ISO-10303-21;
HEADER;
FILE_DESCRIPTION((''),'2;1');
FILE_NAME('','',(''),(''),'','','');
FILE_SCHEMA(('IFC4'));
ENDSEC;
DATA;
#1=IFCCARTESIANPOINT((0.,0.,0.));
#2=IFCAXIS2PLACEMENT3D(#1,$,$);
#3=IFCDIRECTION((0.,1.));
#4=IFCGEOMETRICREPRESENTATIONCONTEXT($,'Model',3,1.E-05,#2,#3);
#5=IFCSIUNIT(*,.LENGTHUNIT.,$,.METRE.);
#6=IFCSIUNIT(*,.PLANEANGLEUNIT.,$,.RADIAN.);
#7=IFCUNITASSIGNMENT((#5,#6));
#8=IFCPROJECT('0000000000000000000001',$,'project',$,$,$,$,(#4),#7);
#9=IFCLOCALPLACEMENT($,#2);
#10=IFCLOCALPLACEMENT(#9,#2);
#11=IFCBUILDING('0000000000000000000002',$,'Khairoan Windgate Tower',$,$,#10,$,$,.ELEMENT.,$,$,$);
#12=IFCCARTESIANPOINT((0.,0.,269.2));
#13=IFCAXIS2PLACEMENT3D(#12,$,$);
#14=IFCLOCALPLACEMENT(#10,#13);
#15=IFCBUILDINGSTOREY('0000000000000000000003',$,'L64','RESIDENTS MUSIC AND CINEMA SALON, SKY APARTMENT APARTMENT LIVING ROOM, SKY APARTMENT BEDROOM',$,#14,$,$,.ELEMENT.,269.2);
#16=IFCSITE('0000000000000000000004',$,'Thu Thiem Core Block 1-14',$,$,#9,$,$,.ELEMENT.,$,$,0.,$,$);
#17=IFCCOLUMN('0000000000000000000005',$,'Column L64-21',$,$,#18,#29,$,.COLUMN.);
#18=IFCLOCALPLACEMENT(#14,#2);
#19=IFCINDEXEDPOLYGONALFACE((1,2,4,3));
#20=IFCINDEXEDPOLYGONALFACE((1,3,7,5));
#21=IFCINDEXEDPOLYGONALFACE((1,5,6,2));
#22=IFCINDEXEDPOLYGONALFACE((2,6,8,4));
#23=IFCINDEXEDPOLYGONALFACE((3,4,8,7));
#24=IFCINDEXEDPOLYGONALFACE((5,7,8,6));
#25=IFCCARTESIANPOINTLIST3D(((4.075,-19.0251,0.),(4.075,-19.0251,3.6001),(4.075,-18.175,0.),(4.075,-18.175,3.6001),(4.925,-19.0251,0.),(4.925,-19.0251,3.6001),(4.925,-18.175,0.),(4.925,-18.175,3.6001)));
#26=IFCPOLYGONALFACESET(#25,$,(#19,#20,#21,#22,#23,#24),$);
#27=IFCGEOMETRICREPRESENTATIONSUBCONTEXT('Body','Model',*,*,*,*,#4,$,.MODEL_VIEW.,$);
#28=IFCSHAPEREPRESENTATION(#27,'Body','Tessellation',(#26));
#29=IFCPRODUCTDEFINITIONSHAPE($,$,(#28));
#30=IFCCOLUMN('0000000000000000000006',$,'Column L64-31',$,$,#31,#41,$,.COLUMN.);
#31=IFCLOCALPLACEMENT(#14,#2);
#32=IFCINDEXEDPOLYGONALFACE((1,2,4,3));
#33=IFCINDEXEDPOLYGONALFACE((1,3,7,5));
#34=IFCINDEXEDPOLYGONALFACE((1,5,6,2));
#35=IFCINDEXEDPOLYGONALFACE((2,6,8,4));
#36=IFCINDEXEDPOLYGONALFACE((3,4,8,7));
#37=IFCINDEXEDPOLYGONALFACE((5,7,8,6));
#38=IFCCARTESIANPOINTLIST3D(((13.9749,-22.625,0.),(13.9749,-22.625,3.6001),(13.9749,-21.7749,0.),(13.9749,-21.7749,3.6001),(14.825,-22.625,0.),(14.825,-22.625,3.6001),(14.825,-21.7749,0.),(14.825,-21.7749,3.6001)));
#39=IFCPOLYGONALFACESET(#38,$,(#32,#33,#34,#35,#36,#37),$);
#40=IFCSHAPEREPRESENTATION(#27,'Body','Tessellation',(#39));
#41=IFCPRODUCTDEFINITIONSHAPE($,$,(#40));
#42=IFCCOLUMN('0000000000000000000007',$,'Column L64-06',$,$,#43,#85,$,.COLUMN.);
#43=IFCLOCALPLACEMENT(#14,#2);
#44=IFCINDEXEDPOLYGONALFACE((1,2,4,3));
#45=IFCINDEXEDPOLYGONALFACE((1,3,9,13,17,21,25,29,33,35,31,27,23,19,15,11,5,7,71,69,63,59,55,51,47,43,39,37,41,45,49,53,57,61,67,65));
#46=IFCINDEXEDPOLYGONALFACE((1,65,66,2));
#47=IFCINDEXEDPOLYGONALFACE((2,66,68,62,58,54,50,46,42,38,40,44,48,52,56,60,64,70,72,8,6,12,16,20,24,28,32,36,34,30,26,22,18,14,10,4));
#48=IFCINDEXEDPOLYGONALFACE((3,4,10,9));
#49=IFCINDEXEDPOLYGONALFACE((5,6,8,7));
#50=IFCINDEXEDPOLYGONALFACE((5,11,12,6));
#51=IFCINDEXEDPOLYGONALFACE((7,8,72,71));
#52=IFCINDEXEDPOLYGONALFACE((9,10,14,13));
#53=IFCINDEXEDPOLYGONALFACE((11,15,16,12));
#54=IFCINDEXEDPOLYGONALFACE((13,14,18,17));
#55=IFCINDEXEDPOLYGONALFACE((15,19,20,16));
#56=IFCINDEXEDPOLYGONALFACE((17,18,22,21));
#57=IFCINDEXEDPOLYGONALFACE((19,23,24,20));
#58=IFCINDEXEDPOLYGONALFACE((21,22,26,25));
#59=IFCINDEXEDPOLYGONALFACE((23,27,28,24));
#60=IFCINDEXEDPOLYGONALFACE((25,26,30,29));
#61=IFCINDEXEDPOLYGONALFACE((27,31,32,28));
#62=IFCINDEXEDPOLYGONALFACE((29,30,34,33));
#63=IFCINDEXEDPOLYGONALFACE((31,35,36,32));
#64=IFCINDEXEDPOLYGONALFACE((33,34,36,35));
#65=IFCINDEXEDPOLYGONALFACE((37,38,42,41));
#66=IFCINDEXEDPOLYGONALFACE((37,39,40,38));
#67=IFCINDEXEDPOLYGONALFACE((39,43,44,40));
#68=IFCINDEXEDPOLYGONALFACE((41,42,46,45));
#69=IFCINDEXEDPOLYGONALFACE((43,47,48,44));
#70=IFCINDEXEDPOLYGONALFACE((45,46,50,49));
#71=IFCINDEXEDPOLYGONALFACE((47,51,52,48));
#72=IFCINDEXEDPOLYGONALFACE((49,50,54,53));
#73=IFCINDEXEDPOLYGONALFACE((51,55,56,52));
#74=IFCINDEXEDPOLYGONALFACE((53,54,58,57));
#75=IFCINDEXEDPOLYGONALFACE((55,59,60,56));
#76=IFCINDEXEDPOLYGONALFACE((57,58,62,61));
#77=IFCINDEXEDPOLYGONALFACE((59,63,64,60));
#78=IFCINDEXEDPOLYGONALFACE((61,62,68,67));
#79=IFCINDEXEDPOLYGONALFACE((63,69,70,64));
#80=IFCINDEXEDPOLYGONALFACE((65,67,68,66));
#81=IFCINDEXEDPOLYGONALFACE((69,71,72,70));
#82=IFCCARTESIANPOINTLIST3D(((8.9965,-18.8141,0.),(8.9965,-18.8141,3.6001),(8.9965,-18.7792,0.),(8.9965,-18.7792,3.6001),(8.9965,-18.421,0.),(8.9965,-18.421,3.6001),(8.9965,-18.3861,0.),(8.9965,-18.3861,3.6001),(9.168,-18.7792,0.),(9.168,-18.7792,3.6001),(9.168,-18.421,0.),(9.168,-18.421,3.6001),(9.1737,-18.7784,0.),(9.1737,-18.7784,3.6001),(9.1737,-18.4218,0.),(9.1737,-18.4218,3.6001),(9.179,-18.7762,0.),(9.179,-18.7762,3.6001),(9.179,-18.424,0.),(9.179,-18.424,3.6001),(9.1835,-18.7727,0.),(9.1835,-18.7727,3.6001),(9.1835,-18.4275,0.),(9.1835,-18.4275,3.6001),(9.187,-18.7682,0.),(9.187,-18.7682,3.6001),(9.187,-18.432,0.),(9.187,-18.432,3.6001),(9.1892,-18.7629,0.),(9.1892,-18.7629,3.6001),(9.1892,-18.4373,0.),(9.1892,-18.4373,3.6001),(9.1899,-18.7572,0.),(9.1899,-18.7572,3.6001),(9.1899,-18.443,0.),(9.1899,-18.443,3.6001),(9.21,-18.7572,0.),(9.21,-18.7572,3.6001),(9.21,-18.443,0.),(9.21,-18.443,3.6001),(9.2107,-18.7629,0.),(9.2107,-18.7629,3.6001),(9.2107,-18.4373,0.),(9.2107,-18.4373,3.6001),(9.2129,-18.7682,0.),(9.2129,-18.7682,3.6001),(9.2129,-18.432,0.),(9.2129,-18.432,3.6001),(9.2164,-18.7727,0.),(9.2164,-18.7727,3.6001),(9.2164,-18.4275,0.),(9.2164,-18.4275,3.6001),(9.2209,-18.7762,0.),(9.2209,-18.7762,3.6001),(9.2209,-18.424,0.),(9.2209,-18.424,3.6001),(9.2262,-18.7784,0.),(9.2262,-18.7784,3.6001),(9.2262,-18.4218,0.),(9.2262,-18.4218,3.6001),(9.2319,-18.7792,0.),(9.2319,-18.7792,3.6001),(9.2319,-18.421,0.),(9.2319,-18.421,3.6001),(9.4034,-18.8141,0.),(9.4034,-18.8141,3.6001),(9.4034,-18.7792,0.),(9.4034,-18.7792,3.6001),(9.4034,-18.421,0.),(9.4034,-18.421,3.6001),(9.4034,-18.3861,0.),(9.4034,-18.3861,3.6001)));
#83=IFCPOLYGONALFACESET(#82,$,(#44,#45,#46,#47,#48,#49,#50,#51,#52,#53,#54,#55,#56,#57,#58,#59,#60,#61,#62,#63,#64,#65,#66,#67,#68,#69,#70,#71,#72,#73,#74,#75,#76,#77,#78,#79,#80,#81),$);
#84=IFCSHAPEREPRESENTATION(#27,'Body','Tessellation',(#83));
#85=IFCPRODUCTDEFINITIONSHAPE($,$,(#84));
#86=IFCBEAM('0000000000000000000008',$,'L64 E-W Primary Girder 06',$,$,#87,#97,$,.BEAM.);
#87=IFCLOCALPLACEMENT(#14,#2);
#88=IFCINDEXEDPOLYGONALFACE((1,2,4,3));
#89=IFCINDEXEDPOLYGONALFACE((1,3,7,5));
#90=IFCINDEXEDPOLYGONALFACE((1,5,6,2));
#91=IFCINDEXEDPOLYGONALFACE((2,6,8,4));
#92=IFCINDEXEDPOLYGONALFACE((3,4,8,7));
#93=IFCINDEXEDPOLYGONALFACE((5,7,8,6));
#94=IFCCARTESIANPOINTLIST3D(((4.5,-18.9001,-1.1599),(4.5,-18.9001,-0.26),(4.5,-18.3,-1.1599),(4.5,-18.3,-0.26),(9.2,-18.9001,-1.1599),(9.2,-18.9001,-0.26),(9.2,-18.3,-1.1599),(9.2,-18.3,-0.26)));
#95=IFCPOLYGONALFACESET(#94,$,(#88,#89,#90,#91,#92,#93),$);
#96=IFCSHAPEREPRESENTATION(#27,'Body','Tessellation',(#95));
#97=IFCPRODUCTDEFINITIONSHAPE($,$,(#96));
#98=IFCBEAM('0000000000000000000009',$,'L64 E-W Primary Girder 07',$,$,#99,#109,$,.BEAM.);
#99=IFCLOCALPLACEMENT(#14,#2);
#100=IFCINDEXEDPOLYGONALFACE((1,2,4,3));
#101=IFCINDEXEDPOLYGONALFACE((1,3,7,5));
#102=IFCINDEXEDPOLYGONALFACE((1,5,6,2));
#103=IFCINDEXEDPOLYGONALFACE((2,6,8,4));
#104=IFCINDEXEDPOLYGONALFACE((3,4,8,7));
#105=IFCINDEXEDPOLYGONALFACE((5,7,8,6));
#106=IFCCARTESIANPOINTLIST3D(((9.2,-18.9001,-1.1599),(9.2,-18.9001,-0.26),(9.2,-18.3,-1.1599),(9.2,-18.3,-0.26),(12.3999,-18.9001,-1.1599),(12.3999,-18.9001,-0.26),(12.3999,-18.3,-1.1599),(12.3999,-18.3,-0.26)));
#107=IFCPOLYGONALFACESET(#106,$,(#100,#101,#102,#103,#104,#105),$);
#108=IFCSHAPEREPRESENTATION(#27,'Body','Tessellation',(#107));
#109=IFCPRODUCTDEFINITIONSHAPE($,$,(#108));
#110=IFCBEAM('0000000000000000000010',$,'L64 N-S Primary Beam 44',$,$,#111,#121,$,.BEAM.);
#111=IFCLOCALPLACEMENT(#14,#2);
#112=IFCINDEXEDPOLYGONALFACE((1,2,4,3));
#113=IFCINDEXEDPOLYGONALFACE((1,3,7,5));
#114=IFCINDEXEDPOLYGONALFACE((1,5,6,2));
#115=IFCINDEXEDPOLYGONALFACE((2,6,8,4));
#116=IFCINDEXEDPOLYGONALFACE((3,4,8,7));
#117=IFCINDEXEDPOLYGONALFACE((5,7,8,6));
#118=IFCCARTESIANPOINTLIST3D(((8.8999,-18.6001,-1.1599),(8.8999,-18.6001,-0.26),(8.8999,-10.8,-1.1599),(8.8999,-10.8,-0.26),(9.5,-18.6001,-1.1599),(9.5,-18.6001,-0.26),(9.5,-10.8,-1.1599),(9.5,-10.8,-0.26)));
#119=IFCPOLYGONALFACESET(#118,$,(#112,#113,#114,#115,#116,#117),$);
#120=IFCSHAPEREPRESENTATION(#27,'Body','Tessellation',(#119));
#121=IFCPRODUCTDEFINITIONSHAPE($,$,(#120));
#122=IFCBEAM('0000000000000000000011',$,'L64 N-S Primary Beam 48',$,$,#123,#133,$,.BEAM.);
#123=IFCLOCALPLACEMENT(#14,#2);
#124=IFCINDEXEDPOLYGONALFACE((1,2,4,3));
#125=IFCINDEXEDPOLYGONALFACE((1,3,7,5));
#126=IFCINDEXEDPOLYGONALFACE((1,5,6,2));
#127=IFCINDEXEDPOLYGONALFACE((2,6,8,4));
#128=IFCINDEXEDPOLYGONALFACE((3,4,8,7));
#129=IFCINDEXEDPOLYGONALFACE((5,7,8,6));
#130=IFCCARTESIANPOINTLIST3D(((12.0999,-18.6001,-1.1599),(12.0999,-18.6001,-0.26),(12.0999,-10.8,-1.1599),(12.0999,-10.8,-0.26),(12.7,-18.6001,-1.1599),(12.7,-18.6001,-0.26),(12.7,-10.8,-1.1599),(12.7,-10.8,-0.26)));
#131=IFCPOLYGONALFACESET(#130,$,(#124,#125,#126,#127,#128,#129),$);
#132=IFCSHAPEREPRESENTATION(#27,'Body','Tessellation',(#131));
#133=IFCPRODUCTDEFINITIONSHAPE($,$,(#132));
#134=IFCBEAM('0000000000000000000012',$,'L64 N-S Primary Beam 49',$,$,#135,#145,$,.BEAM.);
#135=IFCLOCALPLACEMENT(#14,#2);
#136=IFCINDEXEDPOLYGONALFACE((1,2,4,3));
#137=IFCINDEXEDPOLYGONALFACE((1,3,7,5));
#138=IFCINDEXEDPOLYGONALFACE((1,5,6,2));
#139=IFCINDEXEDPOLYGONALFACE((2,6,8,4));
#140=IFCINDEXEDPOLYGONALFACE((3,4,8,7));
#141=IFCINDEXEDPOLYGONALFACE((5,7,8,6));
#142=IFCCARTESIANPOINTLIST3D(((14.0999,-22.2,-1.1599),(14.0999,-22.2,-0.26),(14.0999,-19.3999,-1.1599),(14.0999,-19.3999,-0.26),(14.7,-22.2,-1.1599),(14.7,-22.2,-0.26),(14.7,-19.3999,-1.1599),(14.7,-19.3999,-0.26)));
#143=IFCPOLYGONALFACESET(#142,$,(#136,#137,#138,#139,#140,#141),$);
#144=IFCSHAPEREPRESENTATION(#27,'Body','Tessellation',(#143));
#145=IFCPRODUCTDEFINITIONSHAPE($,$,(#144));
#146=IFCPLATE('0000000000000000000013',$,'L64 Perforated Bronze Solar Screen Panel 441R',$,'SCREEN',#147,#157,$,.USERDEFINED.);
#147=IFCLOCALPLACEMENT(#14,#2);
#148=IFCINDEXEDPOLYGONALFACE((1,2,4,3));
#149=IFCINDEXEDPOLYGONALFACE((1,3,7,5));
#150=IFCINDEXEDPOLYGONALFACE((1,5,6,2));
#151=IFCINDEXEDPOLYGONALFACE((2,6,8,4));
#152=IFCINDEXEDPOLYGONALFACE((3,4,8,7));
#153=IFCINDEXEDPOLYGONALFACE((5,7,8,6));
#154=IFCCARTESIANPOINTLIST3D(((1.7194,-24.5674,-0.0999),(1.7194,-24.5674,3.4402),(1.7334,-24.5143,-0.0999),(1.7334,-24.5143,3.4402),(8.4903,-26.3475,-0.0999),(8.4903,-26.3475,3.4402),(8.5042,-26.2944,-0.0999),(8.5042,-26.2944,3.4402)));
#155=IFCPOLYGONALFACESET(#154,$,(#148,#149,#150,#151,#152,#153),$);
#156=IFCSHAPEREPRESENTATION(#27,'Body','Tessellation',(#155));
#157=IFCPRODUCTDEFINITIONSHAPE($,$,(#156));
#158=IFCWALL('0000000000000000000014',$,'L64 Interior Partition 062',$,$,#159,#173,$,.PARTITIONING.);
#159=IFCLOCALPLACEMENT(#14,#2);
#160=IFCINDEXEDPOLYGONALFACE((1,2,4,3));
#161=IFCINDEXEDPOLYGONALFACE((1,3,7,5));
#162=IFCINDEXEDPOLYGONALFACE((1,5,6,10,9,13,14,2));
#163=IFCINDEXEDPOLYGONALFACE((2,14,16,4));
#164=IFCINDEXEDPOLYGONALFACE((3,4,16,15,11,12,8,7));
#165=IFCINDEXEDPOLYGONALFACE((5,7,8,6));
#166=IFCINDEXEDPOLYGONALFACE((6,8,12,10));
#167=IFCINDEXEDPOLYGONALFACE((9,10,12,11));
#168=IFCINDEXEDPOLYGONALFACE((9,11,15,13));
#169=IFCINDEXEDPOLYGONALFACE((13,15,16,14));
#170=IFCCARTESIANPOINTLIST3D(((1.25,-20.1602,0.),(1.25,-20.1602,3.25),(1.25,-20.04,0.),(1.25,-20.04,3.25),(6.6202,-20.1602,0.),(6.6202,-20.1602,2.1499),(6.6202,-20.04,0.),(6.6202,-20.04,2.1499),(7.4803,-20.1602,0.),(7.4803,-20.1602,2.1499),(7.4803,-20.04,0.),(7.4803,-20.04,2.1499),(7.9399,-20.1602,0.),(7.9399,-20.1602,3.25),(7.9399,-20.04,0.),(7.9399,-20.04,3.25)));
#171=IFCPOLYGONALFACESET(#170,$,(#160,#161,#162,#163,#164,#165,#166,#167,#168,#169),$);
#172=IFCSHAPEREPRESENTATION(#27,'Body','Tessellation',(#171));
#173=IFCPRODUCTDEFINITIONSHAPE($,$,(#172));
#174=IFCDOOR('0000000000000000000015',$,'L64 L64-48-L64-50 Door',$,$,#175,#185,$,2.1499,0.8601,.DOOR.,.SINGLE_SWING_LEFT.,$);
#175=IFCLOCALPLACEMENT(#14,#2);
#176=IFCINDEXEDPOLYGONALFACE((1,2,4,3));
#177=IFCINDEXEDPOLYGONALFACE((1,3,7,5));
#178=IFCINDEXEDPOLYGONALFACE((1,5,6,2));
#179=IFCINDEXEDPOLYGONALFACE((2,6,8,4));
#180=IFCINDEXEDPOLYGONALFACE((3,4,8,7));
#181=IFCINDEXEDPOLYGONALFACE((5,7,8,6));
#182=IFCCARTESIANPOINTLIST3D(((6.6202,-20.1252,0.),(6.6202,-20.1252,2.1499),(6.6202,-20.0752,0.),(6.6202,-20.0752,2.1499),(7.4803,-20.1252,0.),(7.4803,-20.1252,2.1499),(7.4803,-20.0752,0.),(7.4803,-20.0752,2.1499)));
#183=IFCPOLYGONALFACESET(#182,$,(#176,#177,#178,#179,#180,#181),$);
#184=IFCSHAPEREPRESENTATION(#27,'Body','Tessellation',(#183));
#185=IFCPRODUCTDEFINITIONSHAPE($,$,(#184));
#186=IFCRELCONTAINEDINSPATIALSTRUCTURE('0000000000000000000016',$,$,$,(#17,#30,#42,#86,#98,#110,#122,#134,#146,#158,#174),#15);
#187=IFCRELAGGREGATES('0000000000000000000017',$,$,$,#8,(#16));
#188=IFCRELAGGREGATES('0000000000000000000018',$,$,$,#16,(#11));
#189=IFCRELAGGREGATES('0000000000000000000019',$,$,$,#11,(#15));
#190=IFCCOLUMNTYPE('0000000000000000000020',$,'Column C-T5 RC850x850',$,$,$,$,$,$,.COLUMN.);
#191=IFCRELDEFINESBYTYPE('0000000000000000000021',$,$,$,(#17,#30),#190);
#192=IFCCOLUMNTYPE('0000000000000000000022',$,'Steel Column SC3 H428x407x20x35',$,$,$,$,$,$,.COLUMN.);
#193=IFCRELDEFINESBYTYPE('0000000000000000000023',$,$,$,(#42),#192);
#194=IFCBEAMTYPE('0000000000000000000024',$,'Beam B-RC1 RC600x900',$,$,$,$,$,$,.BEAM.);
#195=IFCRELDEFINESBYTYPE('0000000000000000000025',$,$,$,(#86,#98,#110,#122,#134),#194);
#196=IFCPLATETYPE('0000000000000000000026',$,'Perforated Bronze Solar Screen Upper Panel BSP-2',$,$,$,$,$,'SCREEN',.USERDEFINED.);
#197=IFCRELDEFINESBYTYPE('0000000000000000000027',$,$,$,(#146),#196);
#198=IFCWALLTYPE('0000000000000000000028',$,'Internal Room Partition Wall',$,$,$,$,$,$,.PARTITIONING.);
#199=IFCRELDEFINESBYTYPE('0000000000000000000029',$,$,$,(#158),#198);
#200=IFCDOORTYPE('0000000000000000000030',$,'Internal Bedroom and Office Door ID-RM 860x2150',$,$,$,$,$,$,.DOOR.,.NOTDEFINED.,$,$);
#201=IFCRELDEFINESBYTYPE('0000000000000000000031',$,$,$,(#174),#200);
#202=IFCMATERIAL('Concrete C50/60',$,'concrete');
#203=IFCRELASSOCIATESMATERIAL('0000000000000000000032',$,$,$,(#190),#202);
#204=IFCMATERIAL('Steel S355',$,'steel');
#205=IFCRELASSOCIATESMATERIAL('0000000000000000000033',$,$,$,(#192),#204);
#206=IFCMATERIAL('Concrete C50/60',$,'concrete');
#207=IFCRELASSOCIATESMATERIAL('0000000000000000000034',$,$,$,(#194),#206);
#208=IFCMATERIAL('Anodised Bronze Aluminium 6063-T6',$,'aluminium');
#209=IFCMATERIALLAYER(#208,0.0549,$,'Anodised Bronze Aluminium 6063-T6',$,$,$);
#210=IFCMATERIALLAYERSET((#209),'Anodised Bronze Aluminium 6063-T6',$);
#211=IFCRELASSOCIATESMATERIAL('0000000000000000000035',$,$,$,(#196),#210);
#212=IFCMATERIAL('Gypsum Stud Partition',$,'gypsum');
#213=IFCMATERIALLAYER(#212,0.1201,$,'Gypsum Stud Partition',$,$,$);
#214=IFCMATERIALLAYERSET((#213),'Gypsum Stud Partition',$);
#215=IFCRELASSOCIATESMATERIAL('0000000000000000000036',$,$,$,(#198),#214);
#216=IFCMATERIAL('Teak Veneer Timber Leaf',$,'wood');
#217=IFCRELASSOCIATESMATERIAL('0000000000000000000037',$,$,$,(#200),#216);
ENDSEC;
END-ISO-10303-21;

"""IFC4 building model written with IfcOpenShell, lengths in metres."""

from ifc_helpers import new_model, si_unit, direction, frame, frame_2d, origin, origin_2d, place, context, subcontext, project, spatial, rectangle, i_section, extrude, material, layer, layer_set, material_profile, profile_set, type_object, element, fill, save


model = new_model("IFC4")

# Units and contexts
model_context = context("Model", 3, precision=1e-05, world=origin(), true_north=direction((0.0, 1.0)))
body_context = subcontext(model_context, "Body", "Model", "MODEL_VIEW")
ifc_project = project(units=[si_unit("LENGTHUNIT", "METRE"), si_unit("PLANEANGLEUNIT", "RADIAN")], contexts=[model_context])

# Site, building, storey
site_placement = place(None, origin())
site = spatial("IfcSite", under=ifc_project, at=site_placement, Name="Thu Thiem Core Block 1-14", CompositionType="ELEMENT", RefElevation=0.0)
building_placement = place(site_placement, origin())
building = spatial("IfcBuilding", under=site, at=building_placement, Name="Khairoan Windgate Tower", CompositionType="ELEMENT")
storey_placement = place(building_placement, frame((0.0, 0.0, 269.2)))
storey = spatial("IfcBuildingStorey", under=building, at=storey_placement, Name="L64", Description="RESIDENTS MUSIC AND CINEMA SALON, SKY APARTMENT APARTMENT LIVING ROOM, SKY APARTMENT BEDROOM", CompositionType="ELEMENT", Elevation=269.2)

# Columns
ifc_material_1 = material(Name="Concrete C50/60", Category="concrete")
ifc_material_profile_1 = material_profile(ifc_material_1, rectangle(XDim=0.8501, YDim=0.8501, at=origin_2d()))
ifc_profile_set_1 = profile_set([ifc_material_profile_1], Name="Concrete C50/60")
column_type_1 = type_object("IfcColumnType", Name="Column C-T5 RC850x850", PredefinedType="COLUMN", material=ifc_profile_set_1)
for number, where, z_axis, x_axis, name in (
    (1, (4.5, -18.6001, 0.0), (0.0, 0.0, 1.0), (1.0, 0.0, 0.0), "Column L64-21"),
    (2, (14.3999, -22.2, 0.0), (0.0, 0.0, 1.0), (1.0, 0.0, 0.0), "Column L64-31"),
):
    element("IfcColumn", number, at=place(storey_placement, frame(where, z_axis=z_axis, x_axis=x_axis)), inside=storey, type_object=column_type_1, Name=name, PredefinedType="COLUMN", context=body_context, shape_type="SweptSolid", body=[
        extrude(rectangle(XDim=0.8501, YDim=0.8501, at=origin_2d()), origin(), (0.0, 0.0, 1.0), 3.6001),
    ])
ifc_material_2 = material(Name="Steel S355", Category="steel")
ifc_material_profile_2 = material_profile(ifc_material_2, i_section(OverallWidth=0.407, OverallDepth=0.428, WebThickness=0.02, FlangeThickness=0.0349, FilletRadius=0.022, at=origin_2d()))
ifc_profile_set_2 = profile_set([ifc_material_profile_2], Name="Steel S355")
column_type_2 = type_object("IfcColumnType", Name="Steel Column SC3 H428x407x20x35", PredefinedType="COLUMN", material=ifc_profile_set_2)
column_placement = place(storey_placement, frame((9.2, -18.6001, 0.0), z_axis=(0.0, 0.0, 1.0), x_axis=(1.0, 0.0, 0.0)))
element("IfcColumn", 3, at=column_placement, inside=storey, type_object=column_type_2, Name="Column L64-06", PredefinedType="COLUMN", context=body_context, shape_type="SweptSolid", body=[
    extrude(i_section(OverallWidth=0.407, OverallDepth=0.428, WebThickness=0.02, FlangeThickness=0.0349, FilletRadius=0.022, at=origin_2d()), origin(), (0.0, 0.0, 1.0), 3.6001),
])

# Beams
ifc_material_3 = material(Name="Concrete C50/60", Category="concrete")
ifc_material_profile_3 = material_profile(ifc_material_3, rectangle(XDim=0.6001, YDim=0.8999, at=origin_2d()))
ifc_profile_set_3 = profile_set([ifc_material_profile_3], Name="Concrete C50/60")
beam_type = type_object("IfcBeamType", Name="Beam B-RC1 RC600x900", PredefinedType="BEAM", material=ifc_profile_set_3)
beam_1_placement = place(storey_placement, frame((4.5, -18.6001, -0.71), z_axis=(1.0, 0.0, 0.0), x_axis=(0.0, 1.0, 0.0)))
element("IfcBeam", 4, at=beam_1_placement, inside=storey, type_object=beam_type, Name="L64 E-W Primary Girder 06", PredefinedType="BEAM", context=body_context, shape_type="SweptSolid", body=[
    extrude(rectangle(XDim=0.6001, YDim=0.8999, at=origin_2d()), origin(), (0.0, 0.0, 1.0), 4.7),
])
beam_2_placement = place(storey_placement, frame((9.2, -18.6001, -0.71), z_axis=(1.0, 0.0, 0.0), x_axis=(0.0, 1.0, 0.0)))
element("IfcBeam", 5, at=beam_2_placement, inside=storey, type_object=beam_type, Name="L64 E-W Primary Girder 07", PredefinedType="BEAM", context=body_context, shape_type="SweptSolid", body=[
    extrude(rectangle(XDim=0.6001, YDim=0.8999, at=origin_2d()), origin(), (0.0, 0.0, 1.0), 3.2),
])
for number, where, z_axis, x_axis, name in (
    (6, (9.2, -18.6001, -0.71), (0.0, 1.0, 0.0), (-1.0, 0.0, 0.0), "L64 N-S Primary Beam 44"),
    (7, (12.3999, -18.6001, -0.71), (0.0, 1.0, 0.0), (-1.0, 0.0, 0.0), "L64 N-S Primary Beam 48"),
):
    element("IfcBeam", number, at=place(storey_placement, frame(where, z_axis=z_axis, x_axis=x_axis)), inside=storey, type_object=beam_type, Name=name, PredefinedType="BEAM", context=body_context, shape_type="SweptSolid", body=[
        extrude(rectangle(XDim=0.6001, YDim=0.8999, at=origin_2d()), origin(), (0.0, 0.0, 1.0), 7.8),
    ])
beam_3_placement = place(storey_placement, frame((14.3999, -22.2, -0.71), z_axis=(0.0, 1.0, 0.0), x_axis=(-1.0, 0.0, 0.0)))
element("IfcBeam", 8, at=beam_3_placement, inside=storey, type_object=beam_type, Name="L64 N-S Primary Beam 49", PredefinedType="BEAM", context=body_context, shape_type="SweptSolid", body=[
    extrude(rectangle(XDim=0.6001, YDim=0.8999, at=origin_2d()), origin(), (0.0, 0.0, 1.0), 2.8),
])

# Plate
ifc_material_4 = material(Name="Anodised Bronze Aluminium 6063-T6", Category="aluminium")
ifc_layer_1 = layer(ifc_material_4, 0.0549, Name="Anodised Bronze Aluminium 6063-T6")
ifc_layer_set_1 = layer_set([ifc_layer_1], Name="Anodised Bronze Aluminium 6063-T6")
plate_type = type_object("IfcPlateType", Name="Perforated Bronze Solar Screen Upper Panel BSP-2", ElementType="SCREEN", PredefinedType="USERDEFINED", material=ifc_layer_set_1)
plate_placement = place(storey_placement, frame((5.1118, -25.4309, -0.0999), z_axis=(0.0, 0.0, 1.0), x_axis=(-0.967135, 0.254264, 0.0)))
element("IfcPlate", 9, at=plate_placement, inside=storey, type_object=plate_type, Name="L64 Perforated Bronze Solar Screen Panel 441R", ObjectType="SCREEN", PredefinedType="USERDEFINED", context=body_context, shape_type="SweptSolid", body=[
    extrude(rectangle(XDim=7.001, YDim=0.0549, at=origin_2d()), origin(), (0.0, 0.0, 1.0), 3.54),
])

# Wall, opening, door
ifc_material_5 = material(Name="Gypsum Stud Partition", Category="gypsum")
ifc_layer_2 = layer(ifc_material_5, 0.1201, Name="Gypsum Stud Partition")
ifc_layer_set_2 = layer_set([ifc_layer_2], Name="Gypsum Stud Partition")
wall_type_1 = type_object("IfcWallType", Name="Internal Room Partition Wall", PredefinedType="PARTITIONING", material=ifc_layer_set_2)
wall_1_placement = place(storey_placement, frame((1.25, -20.1001, 0.0), z_axis=(0.0, 0.0, 1.0), x_axis=(1.0, 0.0, 0.0)))
wall_1 = element("IfcWall", 10, at=wall_1_placement, inside=storey, type_object=wall_type_1, Name="L64 Interior Partition 062", PredefinedType="PARTITIONING", context=body_context, shape_type="SweptSolid", body=[
    extrude(rectangle(XDim=6.6899, YDim=0.1201, at=frame_2d((3.345, 0.0))), origin(), (0.0, 0.0, 1.0), 3.25),
])
opening_1_placement = place(wall_1_placement, frame((5.3701, 0.0, 0.0)))
opening_1 = element("IfcOpeningElement", 11, at=opening_1_placement, cuts=wall_1, PredefinedType="OPENING", context=body_context, shape_type="SweptSolid", body=[
    extrude(rectangle(XDim=0.8601, YDim=2.1499, at=frame_2d((0.4302, 1.075))), frame((0.0, 0.0701, 0.0), z_axis=(0.0, -1.0, 0.0), x_axis=(1.0, 0.0, 0.0)), (0.0, 0.0, 1.0), 0.1401),
])
ifc_material_6 = material(Name="Teak Veneer Timber Leaf", Category="wood")
door_type_1 = type_object("IfcDoorType", Name="Internal Bedroom and Office Door ID-RM 860x2150", OperationType="NOTDEFINED", PredefinedType="DOOR", material=ifc_material_6)
door_1_placement = place(opening_1_placement, origin())
door_1 = element("IfcDoor", 12, at=door_1_placement, inside=storey, type_object=door_type_1, Name="L64 L64-48-L64-50 Door", OperationType="SINGLE_SWING_LEFT", OverallHeight=2.1499, OverallWidth=0.8601, PredefinedType="DOOR", context=body_context, shape_type="SweptSolid", body=[
    extrude(rectangle(XDim=0.8601, YDim=2.1499, at=frame_2d((0.4302, 1.075))), frame((0.0, 0.0249, 0.0), z_axis=(0.0, -1.0, 0.0), x_axis=(1.0, 0.0, 0.0)), (0.0, 0.0, 1.0), 0.05),
])
fill(opening_1, door_1)

save(model, "model.ifc")
